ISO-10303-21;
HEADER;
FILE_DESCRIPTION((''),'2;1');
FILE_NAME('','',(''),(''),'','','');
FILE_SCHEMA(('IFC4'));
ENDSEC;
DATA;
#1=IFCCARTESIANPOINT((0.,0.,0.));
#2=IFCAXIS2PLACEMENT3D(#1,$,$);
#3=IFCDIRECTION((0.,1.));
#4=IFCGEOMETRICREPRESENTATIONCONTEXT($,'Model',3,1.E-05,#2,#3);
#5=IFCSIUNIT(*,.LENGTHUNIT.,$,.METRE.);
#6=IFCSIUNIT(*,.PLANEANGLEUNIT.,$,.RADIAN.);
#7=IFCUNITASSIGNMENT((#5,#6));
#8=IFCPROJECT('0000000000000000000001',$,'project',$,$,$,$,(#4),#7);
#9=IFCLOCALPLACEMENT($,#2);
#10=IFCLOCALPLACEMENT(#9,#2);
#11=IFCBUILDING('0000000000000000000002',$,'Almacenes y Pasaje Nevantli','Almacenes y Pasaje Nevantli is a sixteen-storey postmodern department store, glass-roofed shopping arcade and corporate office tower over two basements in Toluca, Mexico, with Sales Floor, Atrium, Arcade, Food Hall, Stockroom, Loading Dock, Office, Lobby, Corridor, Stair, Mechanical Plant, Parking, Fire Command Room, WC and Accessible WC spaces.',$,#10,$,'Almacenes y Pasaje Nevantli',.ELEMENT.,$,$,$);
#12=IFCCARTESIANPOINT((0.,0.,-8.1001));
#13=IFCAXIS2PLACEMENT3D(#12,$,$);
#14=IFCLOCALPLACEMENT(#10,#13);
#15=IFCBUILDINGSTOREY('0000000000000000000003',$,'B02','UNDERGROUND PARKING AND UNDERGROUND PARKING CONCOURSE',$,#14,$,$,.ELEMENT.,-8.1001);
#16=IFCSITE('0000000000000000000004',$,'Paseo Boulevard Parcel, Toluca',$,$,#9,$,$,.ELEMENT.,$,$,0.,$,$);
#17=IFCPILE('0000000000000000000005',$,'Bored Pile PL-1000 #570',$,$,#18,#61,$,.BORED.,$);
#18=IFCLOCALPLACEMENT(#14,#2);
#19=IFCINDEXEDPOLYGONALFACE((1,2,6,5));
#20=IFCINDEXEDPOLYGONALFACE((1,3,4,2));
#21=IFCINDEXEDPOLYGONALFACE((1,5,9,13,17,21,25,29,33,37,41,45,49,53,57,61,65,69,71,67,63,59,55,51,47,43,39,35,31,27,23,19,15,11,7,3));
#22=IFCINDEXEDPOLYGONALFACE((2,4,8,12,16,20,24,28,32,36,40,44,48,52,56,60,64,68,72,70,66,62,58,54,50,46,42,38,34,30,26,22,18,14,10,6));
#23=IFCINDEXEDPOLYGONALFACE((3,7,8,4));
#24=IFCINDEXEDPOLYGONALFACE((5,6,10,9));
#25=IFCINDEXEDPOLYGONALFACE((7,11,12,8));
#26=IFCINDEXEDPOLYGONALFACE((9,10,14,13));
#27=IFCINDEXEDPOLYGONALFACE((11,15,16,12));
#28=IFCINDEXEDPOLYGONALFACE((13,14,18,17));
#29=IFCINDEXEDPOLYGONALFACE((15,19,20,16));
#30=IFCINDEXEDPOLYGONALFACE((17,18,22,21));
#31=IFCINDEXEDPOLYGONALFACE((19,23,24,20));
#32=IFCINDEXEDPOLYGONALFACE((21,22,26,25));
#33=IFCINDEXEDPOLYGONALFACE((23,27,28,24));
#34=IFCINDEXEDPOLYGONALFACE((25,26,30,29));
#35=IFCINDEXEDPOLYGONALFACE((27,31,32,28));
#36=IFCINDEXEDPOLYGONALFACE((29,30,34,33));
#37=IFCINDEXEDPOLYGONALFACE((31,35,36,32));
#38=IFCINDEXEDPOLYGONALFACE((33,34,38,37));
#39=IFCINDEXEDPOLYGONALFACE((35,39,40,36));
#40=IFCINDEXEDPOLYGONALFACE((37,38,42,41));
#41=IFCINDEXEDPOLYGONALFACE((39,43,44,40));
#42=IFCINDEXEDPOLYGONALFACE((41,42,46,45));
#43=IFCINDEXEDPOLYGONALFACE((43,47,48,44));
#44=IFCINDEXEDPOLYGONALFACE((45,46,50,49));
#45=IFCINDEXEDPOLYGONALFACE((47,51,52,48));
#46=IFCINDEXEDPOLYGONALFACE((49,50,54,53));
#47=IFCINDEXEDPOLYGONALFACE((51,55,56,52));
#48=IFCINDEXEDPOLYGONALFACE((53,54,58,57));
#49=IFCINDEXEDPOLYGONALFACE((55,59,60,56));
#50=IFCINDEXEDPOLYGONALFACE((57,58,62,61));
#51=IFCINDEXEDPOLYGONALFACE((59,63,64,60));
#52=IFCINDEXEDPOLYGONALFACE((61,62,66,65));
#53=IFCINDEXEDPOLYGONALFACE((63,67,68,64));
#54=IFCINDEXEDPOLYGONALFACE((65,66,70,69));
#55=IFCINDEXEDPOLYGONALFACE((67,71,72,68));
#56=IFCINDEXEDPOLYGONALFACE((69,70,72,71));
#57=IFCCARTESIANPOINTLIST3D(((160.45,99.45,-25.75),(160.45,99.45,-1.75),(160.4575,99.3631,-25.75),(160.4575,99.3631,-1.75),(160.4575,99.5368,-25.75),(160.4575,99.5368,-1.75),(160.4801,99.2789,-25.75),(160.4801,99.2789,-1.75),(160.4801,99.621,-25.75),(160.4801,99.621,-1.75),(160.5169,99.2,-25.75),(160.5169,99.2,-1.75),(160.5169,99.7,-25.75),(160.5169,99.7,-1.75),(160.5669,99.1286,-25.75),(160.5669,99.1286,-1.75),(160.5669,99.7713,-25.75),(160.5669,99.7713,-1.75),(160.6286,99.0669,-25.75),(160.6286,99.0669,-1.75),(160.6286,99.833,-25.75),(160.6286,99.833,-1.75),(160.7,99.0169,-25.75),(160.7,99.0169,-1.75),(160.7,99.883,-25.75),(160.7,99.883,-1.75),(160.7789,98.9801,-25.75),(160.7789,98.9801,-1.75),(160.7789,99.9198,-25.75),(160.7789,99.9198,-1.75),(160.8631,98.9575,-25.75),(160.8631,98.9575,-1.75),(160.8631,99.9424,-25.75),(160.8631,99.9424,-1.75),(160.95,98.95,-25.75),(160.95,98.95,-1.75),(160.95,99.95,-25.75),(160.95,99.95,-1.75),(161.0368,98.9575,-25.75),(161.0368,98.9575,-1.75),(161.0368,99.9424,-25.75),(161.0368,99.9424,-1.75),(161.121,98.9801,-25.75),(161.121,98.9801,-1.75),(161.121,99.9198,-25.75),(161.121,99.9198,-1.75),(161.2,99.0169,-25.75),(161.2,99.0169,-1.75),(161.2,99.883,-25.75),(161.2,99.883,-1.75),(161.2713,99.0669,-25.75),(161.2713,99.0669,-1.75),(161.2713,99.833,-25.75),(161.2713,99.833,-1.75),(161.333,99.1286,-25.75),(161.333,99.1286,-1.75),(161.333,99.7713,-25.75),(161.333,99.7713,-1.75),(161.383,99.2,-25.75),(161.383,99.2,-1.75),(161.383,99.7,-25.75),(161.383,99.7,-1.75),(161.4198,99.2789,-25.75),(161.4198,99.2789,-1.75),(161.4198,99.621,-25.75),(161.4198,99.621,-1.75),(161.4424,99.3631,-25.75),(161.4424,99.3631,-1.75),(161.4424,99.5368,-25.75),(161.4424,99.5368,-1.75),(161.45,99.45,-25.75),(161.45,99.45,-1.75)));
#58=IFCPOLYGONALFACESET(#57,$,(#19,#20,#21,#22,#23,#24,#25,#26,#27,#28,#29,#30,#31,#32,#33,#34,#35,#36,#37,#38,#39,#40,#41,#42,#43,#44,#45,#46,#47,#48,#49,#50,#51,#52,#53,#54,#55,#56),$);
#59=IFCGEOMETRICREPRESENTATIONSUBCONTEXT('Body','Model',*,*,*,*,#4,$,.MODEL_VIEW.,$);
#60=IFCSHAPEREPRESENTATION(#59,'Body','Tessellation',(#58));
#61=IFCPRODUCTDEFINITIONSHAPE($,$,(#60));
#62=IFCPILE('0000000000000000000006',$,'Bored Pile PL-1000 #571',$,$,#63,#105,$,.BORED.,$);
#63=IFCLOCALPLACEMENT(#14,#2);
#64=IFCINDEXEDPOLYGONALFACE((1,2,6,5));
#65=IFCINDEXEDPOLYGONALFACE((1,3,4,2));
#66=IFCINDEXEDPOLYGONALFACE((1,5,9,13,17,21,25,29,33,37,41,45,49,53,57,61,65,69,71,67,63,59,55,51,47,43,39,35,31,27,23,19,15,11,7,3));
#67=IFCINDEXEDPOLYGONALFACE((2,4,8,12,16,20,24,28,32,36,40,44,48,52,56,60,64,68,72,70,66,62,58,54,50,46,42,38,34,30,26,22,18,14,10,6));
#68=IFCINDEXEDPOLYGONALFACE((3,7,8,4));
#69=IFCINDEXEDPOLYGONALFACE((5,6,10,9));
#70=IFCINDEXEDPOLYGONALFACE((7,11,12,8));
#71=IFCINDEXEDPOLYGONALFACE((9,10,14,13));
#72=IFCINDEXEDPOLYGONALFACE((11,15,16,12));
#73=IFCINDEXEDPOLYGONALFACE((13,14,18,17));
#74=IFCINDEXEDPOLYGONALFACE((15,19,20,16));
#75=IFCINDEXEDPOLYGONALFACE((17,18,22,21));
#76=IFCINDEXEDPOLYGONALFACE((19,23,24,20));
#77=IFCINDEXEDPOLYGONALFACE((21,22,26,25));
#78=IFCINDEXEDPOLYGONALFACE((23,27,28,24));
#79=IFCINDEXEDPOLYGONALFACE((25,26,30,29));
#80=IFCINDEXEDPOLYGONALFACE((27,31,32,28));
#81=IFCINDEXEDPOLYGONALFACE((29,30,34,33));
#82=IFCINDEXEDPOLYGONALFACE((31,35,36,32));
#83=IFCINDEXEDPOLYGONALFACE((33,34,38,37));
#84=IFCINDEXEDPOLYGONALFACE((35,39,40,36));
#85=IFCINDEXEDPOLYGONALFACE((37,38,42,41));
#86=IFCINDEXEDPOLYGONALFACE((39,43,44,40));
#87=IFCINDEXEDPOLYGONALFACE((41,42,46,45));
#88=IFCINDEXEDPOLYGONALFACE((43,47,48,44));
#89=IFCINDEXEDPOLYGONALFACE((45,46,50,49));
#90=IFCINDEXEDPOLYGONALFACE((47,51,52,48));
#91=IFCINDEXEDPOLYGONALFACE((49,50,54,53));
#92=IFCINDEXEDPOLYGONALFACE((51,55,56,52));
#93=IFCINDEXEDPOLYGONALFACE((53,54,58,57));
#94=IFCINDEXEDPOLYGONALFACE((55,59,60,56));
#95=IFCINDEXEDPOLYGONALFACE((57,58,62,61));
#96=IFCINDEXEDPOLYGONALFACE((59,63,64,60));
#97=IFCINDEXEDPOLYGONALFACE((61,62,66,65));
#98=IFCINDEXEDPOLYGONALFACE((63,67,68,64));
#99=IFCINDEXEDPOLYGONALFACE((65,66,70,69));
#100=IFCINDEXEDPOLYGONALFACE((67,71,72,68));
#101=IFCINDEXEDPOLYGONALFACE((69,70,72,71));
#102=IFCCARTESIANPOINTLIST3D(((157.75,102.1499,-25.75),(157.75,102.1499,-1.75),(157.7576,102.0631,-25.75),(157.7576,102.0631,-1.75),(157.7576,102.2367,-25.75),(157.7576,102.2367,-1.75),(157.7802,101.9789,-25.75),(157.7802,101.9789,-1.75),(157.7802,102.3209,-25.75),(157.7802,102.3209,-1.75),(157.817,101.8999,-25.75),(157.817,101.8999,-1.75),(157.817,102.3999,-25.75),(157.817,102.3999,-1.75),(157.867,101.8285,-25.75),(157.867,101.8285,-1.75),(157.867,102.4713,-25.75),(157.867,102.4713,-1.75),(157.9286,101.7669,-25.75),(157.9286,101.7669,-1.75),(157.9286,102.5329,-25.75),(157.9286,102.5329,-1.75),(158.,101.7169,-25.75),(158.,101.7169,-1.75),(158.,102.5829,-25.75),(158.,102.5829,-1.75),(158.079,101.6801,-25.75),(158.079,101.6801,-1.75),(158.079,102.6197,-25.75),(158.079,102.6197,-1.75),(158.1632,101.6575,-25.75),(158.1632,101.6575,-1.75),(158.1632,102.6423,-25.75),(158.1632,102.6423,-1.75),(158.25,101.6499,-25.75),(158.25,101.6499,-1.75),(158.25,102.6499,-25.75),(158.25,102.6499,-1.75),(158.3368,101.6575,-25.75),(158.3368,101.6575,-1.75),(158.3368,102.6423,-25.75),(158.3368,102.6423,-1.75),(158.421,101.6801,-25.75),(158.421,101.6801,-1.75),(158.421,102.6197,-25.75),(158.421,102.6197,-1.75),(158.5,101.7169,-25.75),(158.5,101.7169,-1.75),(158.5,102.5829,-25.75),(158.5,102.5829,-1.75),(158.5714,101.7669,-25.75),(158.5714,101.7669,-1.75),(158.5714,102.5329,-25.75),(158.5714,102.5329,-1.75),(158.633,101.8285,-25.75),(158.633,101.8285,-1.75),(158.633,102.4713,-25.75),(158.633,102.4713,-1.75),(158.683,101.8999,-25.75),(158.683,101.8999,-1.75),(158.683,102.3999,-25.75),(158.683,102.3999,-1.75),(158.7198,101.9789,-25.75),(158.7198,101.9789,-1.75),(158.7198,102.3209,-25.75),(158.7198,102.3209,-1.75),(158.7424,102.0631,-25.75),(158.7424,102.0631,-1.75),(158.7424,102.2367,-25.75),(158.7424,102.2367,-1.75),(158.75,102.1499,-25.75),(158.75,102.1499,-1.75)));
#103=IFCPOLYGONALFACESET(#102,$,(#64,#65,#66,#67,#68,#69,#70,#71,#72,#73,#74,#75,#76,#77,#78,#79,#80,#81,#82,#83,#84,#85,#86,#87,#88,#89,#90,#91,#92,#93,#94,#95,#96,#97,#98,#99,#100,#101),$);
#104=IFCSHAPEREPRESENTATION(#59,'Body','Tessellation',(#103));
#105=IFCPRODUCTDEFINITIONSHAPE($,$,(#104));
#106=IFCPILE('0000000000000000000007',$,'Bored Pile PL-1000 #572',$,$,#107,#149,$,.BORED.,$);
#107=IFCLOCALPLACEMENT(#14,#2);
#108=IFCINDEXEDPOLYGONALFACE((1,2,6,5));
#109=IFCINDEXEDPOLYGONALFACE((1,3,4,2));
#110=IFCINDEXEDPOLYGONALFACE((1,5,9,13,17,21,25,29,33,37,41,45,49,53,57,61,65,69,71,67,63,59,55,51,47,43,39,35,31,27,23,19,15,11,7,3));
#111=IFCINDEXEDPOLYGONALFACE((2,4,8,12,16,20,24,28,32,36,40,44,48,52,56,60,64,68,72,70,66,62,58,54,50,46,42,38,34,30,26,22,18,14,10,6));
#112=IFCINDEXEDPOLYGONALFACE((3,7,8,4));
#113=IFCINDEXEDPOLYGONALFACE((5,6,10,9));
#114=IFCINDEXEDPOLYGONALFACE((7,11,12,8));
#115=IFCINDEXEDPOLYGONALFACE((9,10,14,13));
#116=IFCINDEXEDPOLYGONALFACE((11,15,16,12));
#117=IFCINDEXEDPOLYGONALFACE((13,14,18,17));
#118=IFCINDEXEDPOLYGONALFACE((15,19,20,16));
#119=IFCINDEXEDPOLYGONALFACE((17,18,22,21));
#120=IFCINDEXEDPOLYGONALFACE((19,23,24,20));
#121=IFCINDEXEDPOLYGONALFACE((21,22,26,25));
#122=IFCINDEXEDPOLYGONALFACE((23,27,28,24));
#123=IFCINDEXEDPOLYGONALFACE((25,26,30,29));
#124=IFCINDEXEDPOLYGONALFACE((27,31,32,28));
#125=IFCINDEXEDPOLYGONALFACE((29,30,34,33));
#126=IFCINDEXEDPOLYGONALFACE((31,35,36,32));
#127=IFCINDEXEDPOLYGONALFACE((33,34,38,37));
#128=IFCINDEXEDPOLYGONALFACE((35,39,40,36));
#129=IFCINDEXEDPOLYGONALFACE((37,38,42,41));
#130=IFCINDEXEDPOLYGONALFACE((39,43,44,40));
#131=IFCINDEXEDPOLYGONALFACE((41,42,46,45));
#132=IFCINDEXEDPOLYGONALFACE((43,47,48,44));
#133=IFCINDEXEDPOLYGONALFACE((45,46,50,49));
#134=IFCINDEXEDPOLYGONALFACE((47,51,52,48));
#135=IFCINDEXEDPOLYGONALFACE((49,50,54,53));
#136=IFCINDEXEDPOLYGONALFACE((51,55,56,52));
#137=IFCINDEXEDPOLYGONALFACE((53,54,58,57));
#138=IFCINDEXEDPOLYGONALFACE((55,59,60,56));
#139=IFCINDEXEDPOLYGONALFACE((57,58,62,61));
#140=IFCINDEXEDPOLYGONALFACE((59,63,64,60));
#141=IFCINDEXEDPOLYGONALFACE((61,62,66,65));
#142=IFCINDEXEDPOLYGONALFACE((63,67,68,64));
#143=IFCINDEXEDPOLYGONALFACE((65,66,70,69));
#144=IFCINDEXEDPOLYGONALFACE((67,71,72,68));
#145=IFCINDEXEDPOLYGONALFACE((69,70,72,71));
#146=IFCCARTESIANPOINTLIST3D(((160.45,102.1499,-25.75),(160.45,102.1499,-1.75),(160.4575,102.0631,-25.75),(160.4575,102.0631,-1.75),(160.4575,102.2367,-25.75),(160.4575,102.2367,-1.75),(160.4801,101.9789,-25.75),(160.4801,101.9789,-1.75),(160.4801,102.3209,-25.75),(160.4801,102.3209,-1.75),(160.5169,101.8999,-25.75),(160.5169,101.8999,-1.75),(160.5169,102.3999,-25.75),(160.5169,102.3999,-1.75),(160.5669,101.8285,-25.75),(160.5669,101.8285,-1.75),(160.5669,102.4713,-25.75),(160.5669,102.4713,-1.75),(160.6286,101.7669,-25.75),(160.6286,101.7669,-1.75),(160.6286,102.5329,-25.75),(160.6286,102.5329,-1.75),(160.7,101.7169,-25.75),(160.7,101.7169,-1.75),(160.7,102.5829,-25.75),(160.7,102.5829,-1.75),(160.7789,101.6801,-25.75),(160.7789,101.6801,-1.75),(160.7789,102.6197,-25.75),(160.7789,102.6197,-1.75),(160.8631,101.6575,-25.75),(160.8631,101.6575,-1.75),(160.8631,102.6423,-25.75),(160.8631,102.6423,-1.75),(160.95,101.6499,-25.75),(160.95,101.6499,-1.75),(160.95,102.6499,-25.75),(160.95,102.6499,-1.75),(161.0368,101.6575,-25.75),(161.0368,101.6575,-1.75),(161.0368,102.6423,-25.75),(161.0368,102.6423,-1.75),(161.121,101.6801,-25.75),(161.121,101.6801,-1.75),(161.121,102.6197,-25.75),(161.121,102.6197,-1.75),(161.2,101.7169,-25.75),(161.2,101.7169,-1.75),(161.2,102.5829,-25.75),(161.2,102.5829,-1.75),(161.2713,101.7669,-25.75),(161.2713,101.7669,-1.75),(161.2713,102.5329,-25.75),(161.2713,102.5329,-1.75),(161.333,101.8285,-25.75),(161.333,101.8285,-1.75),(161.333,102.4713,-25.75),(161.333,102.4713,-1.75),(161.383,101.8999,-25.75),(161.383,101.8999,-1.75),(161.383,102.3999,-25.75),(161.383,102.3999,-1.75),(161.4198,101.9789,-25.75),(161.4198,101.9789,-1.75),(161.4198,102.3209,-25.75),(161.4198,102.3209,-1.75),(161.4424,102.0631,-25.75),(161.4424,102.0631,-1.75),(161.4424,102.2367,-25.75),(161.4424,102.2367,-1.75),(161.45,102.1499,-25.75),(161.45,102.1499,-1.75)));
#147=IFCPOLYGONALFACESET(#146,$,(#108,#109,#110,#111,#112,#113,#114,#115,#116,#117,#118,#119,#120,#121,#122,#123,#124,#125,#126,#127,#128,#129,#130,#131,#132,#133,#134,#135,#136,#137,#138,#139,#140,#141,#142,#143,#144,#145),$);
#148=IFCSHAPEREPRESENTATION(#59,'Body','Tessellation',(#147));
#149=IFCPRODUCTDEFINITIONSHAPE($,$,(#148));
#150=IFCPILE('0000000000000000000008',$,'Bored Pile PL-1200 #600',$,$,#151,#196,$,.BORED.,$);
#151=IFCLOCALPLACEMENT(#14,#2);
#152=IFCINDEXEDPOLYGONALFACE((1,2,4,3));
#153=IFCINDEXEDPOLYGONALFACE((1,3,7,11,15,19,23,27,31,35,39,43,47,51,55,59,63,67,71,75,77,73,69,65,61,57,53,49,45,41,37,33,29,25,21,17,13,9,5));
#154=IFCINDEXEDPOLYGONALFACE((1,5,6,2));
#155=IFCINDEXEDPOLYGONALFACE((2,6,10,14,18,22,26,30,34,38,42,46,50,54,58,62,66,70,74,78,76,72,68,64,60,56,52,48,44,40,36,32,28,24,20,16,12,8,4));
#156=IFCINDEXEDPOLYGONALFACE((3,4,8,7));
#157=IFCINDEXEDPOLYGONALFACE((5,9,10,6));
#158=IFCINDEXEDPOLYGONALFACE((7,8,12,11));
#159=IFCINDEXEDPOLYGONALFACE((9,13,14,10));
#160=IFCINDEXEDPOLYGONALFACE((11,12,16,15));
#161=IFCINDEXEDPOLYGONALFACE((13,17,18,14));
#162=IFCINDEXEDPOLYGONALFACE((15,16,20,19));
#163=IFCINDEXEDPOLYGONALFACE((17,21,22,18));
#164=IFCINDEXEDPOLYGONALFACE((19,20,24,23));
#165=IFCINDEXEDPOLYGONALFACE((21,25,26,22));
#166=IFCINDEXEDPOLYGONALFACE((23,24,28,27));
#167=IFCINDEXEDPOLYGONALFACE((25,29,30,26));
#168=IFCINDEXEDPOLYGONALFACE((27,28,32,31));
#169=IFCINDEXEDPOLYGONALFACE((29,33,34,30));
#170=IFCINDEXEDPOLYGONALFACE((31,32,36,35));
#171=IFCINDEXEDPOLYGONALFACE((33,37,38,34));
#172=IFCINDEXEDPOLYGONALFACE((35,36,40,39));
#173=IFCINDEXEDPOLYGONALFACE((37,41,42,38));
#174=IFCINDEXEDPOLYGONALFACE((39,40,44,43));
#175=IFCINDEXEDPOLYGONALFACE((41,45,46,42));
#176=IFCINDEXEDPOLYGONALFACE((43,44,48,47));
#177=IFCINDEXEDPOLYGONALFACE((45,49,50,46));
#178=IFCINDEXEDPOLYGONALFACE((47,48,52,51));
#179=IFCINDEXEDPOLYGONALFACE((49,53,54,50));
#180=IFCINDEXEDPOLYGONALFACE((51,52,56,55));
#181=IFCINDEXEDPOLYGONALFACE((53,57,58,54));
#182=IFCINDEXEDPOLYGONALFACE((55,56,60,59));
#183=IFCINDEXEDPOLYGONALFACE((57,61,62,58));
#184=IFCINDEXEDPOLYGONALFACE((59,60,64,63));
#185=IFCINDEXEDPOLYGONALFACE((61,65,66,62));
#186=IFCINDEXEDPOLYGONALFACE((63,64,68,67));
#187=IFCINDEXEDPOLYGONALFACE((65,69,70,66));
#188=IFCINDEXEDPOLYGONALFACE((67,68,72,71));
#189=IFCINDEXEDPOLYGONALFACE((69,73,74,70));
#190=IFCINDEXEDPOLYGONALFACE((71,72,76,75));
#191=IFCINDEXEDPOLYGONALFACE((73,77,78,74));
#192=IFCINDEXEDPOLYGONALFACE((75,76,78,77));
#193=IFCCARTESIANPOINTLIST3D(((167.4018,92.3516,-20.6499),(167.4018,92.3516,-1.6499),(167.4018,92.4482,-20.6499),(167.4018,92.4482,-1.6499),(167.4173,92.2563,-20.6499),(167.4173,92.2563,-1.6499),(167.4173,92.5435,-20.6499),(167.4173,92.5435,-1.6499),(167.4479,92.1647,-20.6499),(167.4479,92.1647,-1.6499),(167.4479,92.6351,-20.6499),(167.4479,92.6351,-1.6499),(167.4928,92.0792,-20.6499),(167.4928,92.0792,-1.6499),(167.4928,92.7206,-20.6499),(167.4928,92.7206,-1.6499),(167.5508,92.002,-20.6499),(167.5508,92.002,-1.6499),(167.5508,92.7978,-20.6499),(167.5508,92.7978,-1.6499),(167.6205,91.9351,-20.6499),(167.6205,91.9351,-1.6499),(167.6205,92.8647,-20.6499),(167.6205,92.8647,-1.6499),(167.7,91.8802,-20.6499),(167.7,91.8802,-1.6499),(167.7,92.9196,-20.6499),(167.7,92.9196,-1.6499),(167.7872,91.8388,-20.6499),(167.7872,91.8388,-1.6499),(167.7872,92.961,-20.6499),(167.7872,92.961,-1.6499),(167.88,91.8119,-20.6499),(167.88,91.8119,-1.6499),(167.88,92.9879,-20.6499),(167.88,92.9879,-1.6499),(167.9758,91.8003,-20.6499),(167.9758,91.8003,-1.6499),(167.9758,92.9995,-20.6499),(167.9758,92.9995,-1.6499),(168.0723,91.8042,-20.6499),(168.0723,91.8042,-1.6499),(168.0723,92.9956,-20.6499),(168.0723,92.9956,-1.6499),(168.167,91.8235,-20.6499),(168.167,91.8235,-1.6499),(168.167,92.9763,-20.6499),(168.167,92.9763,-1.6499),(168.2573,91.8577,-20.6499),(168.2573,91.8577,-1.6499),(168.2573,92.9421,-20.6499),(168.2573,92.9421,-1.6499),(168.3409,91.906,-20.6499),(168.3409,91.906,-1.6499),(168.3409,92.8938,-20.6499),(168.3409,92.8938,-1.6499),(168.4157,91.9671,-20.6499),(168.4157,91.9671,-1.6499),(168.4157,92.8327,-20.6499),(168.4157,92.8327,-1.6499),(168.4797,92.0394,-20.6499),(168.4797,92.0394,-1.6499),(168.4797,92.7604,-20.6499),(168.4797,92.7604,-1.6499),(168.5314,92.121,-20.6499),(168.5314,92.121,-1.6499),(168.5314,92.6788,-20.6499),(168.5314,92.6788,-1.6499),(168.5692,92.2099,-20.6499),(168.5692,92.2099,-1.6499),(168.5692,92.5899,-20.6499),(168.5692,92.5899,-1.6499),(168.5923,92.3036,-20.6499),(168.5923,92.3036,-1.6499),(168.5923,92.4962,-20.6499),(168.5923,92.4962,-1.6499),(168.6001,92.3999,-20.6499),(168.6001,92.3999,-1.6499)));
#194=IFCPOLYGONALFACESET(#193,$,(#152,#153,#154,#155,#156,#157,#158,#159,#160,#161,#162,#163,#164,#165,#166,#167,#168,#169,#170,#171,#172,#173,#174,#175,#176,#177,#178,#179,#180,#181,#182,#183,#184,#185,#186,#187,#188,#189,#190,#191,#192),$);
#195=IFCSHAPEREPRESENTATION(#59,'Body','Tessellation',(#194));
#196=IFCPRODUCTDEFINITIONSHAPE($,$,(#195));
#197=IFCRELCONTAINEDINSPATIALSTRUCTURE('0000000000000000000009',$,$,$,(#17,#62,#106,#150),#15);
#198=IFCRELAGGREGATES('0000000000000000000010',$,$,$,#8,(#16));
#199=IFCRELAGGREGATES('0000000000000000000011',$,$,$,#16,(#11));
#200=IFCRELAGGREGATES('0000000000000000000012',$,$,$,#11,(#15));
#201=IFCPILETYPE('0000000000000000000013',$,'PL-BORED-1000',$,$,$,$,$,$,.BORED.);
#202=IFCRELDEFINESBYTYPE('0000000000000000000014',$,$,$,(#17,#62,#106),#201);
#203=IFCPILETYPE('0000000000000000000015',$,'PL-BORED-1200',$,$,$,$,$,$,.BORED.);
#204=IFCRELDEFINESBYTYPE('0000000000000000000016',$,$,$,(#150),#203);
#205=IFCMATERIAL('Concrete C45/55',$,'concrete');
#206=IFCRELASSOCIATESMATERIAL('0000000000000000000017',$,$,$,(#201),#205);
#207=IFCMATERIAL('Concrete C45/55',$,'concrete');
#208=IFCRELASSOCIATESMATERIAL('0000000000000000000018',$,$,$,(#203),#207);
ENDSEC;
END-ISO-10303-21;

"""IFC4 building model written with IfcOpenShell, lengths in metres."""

from ifc_helpers import new_model, si_unit, direction, frame, origin, origin_2d, place, context, subcontext, project, spatial, circle, extrude, material, material_profile, profile_set, type_object, element, save


model = new_model("IFC4")

# Units and contexts
model_context = context("Model", 3, precision=1e-05, world=origin(), true_north=direction((0.0, 1.0)))
body_context = subcontext(model_context, "Body", "Model", "MODEL_VIEW")
ifc_project = project(units=[si_unit("LENGTHUNIT", "METRE"), si_unit("PLANEANGLEUNIT", "RADIAN")], contexts=[model_context])

# Site, building, storey
site_placement = place(None, origin())
site = spatial("IfcSite", under=ifc_project, at=site_placement, Name="Paseo Boulevard Parcel, Toluca", CompositionType="ELEMENT", RefElevation=0.0)
building_placement = place(site_placement, origin())
building = spatial("IfcBuilding", under=site, at=building_placement, Name="Almacenes y Pasaje Nevantli", Description="Almacenes y Pasaje Nevantli is a sixteen-storey postmodern department store, glass-roofed shopping arcade and corporate office tower over two basements in Toluca, Mexico, with Sales Floor, Atrium, Arcade, Food Hall, Stockroom, Loading Dock, Office, Lobby, Corridor, Stair, Mechanical Plant, Parking, Fire Command Room, WC and Accessible WC spaces.", LongName="Almacenes y Pasaje Nevantli", CompositionType="ELEMENT")
storey_placement = place(building_placement, frame((0.0, 0.0, -8.1001)))
storey = spatial("IfcBuildingStorey", under=building, at=storey_placement, Name="B02", Description="UNDERGROUND PARKING AND UNDERGROUND PARKING CONCOURSE", CompositionType="ELEMENT", Elevation=-8.1001)

# Piles
ifc_material_1 = material(Name="Concrete C45/55", Category="concrete")
ifc_material_profile_1 = material_profile(ifc_material_1, circle(Radius=0.5, at=origin_2d()), Name="RC-PILE-D1000")
ifc_profile_set_1 = profile_set([ifc_material_profile_1], Name="Concrete C45/55")
pile_type_1 = type_object("IfcPileType", Name="PL-BORED-1000", PredefinedType="BORED", material=ifc_profile_set_1)
for number, where, z_axis, x_axis, name in (
    (1, (160.95, 99.45, -1.75), (0.0, 0.0, -1.0), (1.0, 0.0, 0.0), "Bored Pile PL-1000 #570"),
    (2, (158.25, 102.1499, -1.75), (0.0, 0.0, -1.0), (1.0, 0.0, 0.0), "Bored Pile PL-1000 #571"),
    (3, (160.95, 102.1499, -1.75), (0.0, 0.0, -1.0), (1.0, 0.0, 0.0), "Bored Pile PL-1000 #572"),
):
    element("IfcPile", number, at=place(storey_placement, frame(where, z_axis=z_axis, x_axis=x_axis)), inside=storey, type_object=pile_type_1, Name=name, PredefinedType="BORED", context=body_context, shape_type="SweptSolid", body=[
        extrude(circle(Radius=0.5, at=origin_2d()), origin(), (0.0, 0.0, 1.0), 24.0),
    ])
ifc_material_2 = material(Name="Concrete C45/55", Category="concrete")
ifc_material_profile_2 = material_profile(ifc_material_2, circle(Radius=0.6001, at=origin_2d()), Name="RC-PILE-D1200")
ifc_profile_set_2 = profile_set([ifc_material_profile_2], Name="Concrete C45/55")
pile_type_2 = type_object("IfcPileType", Name="PL-BORED-1200", PredefinedType="BORED", material=ifc_profile_set_2)
pile_placement = place(storey_placement, frame((168.0, 92.3999, -1.6499), z_axis=(0.0, 0.0, -1.0), x_axis=(1.0, 0.0, 0.0)))
element("IfcPile", 4, at=pile_placement, inside=storey, type_object=pile_type_2, Name="Bored Pile PL-1200 #600", PredefinedType="BORED", context=body_context, shape_type="SweptSolid", body=[
    extrude(circle(Radius=0.6001, at=origin_2d()), origin(), (0.0, 0.0, 1.0), 19.0),
])

save(model, "model.ifc")
